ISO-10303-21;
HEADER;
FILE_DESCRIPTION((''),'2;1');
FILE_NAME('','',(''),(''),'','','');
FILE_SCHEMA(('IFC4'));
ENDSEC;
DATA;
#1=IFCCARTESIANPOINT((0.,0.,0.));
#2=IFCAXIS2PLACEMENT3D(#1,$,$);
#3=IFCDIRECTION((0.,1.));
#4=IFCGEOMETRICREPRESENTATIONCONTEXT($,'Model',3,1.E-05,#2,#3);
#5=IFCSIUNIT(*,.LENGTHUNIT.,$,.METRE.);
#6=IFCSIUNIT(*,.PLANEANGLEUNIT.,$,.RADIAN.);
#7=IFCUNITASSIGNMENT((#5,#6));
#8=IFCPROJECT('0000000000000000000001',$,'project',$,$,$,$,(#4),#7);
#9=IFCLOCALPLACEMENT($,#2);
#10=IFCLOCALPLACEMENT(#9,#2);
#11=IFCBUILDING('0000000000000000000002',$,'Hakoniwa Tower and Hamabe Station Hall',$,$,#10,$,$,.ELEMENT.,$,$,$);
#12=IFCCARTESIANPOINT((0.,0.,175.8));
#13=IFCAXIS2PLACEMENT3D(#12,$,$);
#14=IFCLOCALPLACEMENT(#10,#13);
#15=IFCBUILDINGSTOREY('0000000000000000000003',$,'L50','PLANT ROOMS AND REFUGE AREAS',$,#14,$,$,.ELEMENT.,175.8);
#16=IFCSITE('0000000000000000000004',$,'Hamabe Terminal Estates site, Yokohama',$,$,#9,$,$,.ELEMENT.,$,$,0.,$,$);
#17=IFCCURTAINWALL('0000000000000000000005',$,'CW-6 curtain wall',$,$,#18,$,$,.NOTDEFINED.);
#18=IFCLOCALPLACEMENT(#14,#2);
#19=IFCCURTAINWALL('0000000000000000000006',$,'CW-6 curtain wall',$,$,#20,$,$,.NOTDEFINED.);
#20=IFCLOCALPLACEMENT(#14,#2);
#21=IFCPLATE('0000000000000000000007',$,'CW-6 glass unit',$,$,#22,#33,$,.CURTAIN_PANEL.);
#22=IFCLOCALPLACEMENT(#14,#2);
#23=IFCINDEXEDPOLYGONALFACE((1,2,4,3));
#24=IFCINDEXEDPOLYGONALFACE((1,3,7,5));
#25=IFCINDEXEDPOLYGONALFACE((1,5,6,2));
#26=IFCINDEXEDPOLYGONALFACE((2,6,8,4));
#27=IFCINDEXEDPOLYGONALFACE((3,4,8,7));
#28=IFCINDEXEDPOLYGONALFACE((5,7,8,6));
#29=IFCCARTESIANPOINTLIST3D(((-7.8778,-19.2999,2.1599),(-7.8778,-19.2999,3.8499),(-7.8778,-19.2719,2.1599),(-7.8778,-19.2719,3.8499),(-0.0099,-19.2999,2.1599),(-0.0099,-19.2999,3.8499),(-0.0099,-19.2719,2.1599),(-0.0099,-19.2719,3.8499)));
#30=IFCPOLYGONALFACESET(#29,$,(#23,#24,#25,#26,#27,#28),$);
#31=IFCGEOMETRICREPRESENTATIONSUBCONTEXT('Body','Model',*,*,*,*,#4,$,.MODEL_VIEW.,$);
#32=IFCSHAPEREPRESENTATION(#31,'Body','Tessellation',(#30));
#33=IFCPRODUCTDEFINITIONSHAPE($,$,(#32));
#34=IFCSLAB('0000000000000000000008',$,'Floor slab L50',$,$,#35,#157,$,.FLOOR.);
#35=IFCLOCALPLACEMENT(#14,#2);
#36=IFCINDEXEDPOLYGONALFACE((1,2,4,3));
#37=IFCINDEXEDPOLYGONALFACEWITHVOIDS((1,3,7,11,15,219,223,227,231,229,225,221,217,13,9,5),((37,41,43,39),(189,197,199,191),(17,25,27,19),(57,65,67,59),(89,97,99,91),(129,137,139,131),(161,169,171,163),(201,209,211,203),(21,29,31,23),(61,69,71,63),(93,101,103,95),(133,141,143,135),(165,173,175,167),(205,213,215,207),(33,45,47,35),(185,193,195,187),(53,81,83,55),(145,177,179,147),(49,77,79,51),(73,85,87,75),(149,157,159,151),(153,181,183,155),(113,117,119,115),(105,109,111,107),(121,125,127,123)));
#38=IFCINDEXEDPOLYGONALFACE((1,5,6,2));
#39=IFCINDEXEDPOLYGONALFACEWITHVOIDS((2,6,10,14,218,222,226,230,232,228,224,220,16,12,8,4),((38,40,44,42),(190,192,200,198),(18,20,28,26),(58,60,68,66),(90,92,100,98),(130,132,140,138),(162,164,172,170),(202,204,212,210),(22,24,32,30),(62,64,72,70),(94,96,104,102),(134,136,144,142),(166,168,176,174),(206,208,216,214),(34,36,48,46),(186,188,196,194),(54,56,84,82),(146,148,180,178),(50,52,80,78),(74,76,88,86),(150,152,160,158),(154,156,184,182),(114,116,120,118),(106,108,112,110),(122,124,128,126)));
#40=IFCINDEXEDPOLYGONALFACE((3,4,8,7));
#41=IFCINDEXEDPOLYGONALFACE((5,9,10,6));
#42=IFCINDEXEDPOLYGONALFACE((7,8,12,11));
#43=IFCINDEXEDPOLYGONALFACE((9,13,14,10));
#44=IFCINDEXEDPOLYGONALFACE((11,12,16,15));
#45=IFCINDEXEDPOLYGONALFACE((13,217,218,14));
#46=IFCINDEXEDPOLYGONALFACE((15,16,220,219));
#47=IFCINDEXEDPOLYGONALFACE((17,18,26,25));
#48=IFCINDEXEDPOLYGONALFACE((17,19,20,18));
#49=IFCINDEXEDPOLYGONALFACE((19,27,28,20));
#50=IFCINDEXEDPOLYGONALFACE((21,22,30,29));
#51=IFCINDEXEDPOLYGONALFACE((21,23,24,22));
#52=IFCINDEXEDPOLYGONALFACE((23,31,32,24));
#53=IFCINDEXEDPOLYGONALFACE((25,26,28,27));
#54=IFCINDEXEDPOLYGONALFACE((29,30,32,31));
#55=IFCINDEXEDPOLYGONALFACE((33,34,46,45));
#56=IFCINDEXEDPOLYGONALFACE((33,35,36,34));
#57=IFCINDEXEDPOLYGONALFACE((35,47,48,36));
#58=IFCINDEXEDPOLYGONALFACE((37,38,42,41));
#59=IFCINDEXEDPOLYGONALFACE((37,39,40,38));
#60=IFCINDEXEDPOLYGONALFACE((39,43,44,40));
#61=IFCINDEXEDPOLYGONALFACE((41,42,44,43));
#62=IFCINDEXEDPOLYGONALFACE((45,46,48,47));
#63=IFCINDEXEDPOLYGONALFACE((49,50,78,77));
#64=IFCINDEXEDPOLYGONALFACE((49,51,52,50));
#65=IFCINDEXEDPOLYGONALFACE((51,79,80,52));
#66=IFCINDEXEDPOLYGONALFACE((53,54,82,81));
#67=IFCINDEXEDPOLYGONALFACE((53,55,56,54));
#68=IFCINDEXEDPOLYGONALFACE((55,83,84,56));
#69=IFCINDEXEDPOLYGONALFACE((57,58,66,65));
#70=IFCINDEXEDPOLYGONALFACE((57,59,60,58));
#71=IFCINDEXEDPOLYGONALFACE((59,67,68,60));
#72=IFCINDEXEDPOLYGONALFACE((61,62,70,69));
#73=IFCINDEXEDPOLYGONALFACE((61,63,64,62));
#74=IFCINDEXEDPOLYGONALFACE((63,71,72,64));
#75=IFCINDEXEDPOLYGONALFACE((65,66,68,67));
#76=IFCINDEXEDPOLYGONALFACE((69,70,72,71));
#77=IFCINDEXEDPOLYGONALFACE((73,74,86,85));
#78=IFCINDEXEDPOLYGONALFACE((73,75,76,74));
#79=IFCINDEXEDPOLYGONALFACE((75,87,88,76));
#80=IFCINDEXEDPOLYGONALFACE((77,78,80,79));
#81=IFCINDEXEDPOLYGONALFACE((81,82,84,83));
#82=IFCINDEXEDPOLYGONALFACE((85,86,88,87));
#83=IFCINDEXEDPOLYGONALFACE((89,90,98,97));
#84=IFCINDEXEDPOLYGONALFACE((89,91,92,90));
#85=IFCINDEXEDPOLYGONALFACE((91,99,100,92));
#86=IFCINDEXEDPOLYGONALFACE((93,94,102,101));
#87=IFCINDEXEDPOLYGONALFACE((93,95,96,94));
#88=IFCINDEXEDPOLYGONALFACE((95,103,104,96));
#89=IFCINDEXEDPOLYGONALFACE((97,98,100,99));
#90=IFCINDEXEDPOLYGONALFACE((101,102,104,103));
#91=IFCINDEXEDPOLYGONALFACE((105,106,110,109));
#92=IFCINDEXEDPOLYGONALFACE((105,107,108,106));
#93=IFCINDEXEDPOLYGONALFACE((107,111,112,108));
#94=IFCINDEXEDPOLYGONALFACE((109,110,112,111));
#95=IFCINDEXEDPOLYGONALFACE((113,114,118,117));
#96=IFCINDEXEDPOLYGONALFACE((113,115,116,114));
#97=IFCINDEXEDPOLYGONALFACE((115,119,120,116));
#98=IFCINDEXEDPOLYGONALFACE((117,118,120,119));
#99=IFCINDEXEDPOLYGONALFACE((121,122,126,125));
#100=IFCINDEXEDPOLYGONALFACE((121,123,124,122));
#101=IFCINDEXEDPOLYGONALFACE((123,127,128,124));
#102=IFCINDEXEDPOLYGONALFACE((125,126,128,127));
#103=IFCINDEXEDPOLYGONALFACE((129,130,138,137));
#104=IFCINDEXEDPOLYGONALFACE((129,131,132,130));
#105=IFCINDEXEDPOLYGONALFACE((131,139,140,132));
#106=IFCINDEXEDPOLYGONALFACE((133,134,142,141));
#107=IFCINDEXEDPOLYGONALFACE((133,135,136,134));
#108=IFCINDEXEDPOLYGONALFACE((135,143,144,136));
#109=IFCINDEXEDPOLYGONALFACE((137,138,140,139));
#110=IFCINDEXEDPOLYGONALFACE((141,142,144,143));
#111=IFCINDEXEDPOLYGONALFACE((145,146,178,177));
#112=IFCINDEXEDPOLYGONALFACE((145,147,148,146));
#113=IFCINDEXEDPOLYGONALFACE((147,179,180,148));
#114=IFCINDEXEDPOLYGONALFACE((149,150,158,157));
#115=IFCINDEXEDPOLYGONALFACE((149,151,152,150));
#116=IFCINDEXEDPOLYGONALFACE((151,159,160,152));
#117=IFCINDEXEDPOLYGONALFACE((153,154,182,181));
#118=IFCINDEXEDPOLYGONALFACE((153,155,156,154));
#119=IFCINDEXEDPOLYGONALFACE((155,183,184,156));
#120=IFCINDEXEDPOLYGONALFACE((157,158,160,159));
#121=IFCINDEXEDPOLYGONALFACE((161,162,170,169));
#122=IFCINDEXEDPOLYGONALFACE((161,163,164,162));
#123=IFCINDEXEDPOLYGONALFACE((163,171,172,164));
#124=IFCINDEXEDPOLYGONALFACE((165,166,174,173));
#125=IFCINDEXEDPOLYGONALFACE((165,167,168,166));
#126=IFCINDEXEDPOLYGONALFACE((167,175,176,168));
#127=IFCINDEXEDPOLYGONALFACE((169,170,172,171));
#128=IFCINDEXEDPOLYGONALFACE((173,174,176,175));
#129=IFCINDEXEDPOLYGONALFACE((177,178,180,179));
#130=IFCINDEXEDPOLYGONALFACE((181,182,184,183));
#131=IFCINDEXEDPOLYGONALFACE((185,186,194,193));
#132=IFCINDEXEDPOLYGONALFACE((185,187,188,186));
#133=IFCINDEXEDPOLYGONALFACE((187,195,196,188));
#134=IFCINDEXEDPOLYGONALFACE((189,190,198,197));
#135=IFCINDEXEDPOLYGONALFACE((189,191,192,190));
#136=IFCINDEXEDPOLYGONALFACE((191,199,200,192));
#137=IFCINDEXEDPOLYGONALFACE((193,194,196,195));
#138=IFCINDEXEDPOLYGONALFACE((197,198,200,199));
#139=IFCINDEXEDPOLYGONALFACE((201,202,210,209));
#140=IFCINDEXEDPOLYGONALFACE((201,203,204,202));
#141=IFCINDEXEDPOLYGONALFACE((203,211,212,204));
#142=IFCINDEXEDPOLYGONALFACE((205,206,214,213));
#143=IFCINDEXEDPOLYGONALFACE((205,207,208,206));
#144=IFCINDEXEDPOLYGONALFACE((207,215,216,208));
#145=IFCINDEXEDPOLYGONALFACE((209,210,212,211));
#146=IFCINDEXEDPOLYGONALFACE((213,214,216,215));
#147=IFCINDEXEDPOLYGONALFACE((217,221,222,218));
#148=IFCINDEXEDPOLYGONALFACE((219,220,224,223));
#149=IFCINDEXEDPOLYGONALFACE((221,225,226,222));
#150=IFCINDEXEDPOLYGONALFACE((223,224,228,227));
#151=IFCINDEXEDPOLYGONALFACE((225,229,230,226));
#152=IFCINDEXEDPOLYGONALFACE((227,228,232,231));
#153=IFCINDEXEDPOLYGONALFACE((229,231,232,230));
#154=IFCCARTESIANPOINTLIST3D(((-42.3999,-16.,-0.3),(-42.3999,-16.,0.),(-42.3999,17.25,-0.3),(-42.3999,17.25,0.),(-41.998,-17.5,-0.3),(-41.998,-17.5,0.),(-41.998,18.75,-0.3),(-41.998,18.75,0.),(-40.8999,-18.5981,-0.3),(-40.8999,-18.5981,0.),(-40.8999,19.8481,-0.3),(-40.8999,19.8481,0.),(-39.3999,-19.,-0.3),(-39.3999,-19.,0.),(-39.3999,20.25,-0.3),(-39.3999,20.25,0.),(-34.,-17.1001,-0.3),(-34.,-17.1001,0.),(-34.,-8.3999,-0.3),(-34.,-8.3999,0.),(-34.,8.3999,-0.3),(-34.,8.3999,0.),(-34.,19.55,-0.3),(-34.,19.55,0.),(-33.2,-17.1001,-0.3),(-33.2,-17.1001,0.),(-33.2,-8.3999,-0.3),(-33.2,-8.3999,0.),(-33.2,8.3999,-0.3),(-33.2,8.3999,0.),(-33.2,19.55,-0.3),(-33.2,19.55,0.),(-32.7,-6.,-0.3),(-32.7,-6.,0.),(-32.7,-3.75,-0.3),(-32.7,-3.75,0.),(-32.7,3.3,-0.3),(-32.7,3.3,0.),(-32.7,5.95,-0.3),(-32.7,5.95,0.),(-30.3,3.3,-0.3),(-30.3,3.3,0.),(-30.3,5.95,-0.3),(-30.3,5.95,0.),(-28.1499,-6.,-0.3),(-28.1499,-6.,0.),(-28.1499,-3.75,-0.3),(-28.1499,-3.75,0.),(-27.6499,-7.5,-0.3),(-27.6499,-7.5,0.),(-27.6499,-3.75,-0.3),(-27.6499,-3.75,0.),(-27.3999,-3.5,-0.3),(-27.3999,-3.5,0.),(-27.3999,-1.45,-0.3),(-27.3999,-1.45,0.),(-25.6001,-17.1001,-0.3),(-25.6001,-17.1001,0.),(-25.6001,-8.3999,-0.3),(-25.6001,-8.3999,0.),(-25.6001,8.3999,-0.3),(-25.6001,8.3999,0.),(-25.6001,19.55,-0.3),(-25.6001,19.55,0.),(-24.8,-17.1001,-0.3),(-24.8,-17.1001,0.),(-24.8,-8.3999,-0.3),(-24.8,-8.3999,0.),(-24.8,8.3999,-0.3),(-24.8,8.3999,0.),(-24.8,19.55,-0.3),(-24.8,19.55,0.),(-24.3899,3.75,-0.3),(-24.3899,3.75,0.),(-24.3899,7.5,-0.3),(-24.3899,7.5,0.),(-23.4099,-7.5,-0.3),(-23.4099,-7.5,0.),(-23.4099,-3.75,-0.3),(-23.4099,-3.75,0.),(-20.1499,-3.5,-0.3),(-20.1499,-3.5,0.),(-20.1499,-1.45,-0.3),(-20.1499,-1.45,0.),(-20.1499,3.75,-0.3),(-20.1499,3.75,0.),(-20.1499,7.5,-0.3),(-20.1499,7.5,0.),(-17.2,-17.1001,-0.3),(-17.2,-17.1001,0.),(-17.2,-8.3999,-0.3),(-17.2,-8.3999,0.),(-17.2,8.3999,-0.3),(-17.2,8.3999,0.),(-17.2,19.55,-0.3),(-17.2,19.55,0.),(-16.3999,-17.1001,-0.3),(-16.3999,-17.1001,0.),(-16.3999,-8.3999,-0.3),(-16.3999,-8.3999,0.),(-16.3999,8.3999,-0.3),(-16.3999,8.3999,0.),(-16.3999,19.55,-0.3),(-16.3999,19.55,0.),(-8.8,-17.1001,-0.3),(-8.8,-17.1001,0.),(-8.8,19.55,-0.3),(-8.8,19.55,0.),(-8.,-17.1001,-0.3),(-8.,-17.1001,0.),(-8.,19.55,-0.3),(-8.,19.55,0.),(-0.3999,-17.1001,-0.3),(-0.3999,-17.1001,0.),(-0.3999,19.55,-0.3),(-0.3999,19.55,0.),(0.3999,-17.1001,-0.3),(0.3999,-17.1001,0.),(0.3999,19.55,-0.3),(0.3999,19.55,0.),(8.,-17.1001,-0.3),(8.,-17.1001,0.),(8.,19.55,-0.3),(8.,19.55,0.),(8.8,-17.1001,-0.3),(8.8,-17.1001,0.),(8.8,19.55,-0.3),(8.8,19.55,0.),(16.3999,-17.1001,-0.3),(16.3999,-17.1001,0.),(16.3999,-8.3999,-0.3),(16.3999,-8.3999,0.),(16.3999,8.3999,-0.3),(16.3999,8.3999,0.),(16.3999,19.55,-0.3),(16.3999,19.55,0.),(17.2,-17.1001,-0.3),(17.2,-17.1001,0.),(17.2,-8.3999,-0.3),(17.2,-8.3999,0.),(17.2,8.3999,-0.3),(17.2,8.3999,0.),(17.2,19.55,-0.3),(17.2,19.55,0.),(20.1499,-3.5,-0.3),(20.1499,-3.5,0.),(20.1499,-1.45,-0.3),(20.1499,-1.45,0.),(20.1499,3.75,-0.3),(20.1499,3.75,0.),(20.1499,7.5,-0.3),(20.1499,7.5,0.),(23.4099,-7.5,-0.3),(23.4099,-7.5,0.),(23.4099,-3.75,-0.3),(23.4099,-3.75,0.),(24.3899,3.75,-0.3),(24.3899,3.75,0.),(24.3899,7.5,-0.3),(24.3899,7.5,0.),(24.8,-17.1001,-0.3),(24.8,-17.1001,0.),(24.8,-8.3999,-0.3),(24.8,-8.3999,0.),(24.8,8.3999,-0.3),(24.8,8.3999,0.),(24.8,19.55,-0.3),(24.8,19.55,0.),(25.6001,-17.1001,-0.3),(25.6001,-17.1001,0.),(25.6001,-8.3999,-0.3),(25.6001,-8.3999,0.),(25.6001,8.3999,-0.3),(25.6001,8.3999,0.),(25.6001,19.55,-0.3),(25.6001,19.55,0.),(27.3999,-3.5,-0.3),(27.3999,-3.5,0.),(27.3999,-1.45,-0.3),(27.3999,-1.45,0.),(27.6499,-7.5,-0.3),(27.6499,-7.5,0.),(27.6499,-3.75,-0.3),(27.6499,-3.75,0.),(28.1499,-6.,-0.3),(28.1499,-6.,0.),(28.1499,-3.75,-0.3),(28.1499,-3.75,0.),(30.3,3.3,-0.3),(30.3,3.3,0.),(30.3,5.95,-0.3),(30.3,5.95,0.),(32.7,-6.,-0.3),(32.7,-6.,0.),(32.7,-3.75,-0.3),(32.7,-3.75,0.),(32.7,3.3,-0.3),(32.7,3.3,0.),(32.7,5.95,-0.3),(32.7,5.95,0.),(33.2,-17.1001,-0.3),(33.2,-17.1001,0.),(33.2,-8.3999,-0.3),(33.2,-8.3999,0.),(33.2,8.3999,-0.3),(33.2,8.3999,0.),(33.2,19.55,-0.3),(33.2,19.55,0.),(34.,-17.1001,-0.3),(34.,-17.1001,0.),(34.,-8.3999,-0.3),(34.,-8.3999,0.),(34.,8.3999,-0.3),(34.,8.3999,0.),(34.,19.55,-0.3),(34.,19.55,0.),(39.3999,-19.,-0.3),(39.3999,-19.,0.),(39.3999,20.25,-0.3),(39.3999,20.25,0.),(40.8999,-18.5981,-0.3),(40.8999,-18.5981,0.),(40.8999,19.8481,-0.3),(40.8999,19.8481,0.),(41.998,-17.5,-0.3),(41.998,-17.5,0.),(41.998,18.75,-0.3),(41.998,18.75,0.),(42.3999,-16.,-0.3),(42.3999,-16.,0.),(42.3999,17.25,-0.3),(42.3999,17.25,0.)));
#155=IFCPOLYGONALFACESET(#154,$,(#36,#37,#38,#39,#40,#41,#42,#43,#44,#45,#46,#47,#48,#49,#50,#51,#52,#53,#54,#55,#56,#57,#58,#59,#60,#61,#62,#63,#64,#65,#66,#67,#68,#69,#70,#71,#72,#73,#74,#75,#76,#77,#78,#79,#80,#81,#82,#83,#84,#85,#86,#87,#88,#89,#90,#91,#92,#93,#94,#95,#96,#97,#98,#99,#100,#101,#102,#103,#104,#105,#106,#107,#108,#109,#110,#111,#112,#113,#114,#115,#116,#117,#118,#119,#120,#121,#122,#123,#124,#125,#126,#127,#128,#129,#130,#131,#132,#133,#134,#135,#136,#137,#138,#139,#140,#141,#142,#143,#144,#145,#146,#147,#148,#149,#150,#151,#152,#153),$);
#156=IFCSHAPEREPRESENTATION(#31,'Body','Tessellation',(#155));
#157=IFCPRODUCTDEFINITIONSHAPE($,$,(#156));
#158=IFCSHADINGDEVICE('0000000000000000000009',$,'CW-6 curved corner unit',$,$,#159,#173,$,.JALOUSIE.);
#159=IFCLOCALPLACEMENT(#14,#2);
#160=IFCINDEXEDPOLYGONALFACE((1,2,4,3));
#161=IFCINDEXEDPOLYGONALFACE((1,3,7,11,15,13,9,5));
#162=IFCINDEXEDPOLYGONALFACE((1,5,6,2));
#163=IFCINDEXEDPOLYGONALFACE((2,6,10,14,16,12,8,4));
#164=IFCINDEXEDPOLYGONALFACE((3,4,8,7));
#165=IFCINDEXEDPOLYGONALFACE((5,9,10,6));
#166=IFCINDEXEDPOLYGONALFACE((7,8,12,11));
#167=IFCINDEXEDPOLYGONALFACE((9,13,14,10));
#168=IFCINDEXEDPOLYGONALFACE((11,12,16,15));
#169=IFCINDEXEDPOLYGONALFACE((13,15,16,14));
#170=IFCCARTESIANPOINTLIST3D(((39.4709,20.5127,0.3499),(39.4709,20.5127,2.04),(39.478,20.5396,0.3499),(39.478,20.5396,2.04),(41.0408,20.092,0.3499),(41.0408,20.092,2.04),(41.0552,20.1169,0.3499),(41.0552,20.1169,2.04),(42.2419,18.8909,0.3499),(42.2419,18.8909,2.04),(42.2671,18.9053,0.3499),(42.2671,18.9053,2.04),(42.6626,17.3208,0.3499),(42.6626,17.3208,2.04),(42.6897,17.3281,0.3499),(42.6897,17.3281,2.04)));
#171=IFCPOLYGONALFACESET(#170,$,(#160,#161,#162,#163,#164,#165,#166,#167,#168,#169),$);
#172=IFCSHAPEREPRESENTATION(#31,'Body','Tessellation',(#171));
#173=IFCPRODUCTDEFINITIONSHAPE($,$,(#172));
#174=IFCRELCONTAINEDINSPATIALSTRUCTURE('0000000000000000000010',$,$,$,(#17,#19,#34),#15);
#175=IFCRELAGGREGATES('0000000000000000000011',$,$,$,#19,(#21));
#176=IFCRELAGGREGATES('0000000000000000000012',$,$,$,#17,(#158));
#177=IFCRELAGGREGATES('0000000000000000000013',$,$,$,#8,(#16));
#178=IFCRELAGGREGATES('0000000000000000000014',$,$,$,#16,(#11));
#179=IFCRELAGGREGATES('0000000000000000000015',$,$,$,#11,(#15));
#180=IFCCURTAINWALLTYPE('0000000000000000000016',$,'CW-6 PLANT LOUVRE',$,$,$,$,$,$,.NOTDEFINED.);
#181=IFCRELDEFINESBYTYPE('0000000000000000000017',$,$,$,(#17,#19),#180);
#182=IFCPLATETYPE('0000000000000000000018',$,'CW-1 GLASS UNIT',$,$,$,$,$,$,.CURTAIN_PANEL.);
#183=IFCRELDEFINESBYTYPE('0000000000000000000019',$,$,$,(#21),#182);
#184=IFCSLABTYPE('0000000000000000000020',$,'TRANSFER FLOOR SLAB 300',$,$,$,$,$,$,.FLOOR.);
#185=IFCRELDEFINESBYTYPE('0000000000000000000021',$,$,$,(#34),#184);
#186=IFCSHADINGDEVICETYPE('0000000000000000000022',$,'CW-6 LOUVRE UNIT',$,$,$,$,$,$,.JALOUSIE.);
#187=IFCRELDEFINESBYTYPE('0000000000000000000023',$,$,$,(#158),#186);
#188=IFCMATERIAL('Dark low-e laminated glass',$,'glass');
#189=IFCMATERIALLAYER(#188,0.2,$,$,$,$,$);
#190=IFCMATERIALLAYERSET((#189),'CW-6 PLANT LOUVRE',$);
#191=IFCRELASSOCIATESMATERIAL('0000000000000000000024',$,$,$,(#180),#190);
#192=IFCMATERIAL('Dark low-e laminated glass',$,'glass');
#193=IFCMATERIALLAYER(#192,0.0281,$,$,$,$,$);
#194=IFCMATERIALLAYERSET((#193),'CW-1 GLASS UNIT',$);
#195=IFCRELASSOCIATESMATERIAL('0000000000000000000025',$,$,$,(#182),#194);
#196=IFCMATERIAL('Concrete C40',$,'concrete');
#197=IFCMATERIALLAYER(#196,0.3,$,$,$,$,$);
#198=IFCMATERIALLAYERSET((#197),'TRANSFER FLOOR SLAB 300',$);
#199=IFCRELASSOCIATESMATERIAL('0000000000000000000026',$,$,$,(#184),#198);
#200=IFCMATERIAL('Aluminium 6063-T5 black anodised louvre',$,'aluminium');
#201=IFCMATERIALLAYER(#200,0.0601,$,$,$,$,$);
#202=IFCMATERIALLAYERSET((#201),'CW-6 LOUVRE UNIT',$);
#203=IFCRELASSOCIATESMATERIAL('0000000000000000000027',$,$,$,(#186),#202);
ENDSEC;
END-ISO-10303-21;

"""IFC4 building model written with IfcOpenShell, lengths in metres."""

from ifc_helpers import new_model, si_unit, direction, frame, origin, origin_2d, place, context, subcontext, project, spatial, polyline, rectangle, outline, extrude, material, layer, layer_set, type_object, element, aggregate, save


model = new_model("IFC4")

# Units and contexts
model_context = context("Model", 3, precision=1e-05, world=origin(), true_north=direction((0.0, 1.0)))
body_context = subcontext(model_context, "Body", "Model", "MODEL_VIEW")
ifc_project = project(units=[si_unit("LENGTHUNIT", "METRE"), si_unit("PLANEANGLEUNIT", "RADIAN")], contexts=[model_context])

# Site, building, storey
site_placement = place(None, origin())
site = spatial("IfcSite", under=ifc_project, at=site_placement, Name="Hamabe Terminal Estates site, Yokohama", CompositionType="ELEMENT", RefElevation=0.0)
building_placement = place(site_placement, origin())
building = spatial("IfcBuilding", under=site, at=building_placement, Name="Hakoniwa Tower and Hamabe Station Hall", CompositionType="ELEMENT")
storey_placement = place(building_placement, frame((0.0, 0.0, 175.8)))
storey = spatial("IfcBuildingStorey", under=building, at=storey_placement, Name="L50", Description="PLANT ROOMS AND REFUGE AREAS", CompositionType="ELEMENT", Elevation=175.8)

# Curtain walls
ifc_material_1 = material(Name="Dark low-e laminated glass", Category="glass")
ifc_layer_1 = layer(ifc_material_1, 0.2)
ifc_layer_set_1 = layer_set([ifc_layer_1], Name="CW-6 PLANT LOUVRE")
curtain_wall_type = type_object("IfcCurtainWallType", Name="CW-6 PLANT LOUVRE", PredefinedType="NOTDEFINED", material=ifc_layer_set_1)
curtain_wall_1_placement = place(storey_placement, origin())
curtain_wall_1 = element("IfcCurtainWall", 1, at=curtain_wall_1_placement, inside=storey, type_object=curtain_wall_type, Name="CW-6 curtain wall", PredefinedType="NOTDEFINED")
curtain_wall_2_placement = place(storey_placement, origin())
curtain_wall_2 = element("IfcCurtainWall", 2, at=curtain_wall_2_placement, inside=storey, type_object=curtain_wall_type, Name="CW-6 curtain wall", PredefinedType="NOTDEFINED")

# Plate
ifc_material_2 = material(Name="Dark low-e laminated glass", Category="glass")
ifc_layer_2 = layer(ifc_material_2, 0.0281)
ifc_layer_set_2 = layer_set([ifc_layer_2], Name="CW-1 GLASS UNIT")
plate_type = type_object("IfcPlateType", Name="CW-1 GLASS UNIT", PredefinedType="CURTAIN_PANEL", material=ifc_layer_set_2)
plate_1_placement = place(storey_placement, frame((-3.9438, -19.2859, 2.1599), z_axis=(0.0, 0.0, 1.0), x_axis=(1.0, 0.0, 0.0)))
plate_1 = element("IfcPlate", 3, at=plate_1_placement, type_object=plate_type, Name="CW-6 glass unit", PredefinedType="CURTAIN_PANEL", context=body_context, shape_type="SweptSolid", body=[
    extrude(rectangle(XDim=7.8679, YDim=0.0281, at=origin_2d()), origin(), (0.0, 0.0, 1.0), 1.6899),
])
aggregate(curtain_wall_2, [plate_1])

# Slab
ifc_material_3 = material(Name="Concrete C40", Category="concrete")
ifc_layer_3 = layer(ifc_material_3, 0.3)
ifc_layer_set_3 = layer_set([ifc_layer_3], Name="TRANSFER FLOOR SLAB 300")
slab_type = type_object("IfcSlabType", Name="TRANSFER FLOOR SLAB 300", PredefinedType="FLOOR", material=ifc_layer_set_3)
slab_placement = place(storey_placement, frame((0.0, 0.0, -0.3)))
element("IfcSlab", 4, at=slab_placement, inside=storey, type_object=slab_type, Name="Floor slab L50", PredefinedType="FLOOR", context=body_context, shape_type="SweptSolid", body=[
    extrude(outline(polyline([(42.3999, -16.0), (42.3999, 17.25), (41.998, 18.75), (40.8999, 19.8481), (39.3999, 20.25), (-39.3999, 20.25), (-40.8999, 19.8481), (-41.998, 18.75), (-42.3999, 17.25), (-42.3999, -16.0), (-41.998, -17.5), (-40.8999, -18.5981), (-39.3999, -19.0), (39.3999, -19.0), (40.8999, -18.5981), (41.998, -17.5), (42.3999, -16.0)]), holes=[polyline([(-27.3999, -3.5), (-27.3999, -1.45), (-20.1499, -1.45), (-20.1499, -3.5), (-27.3999, -3.5)]), polyline([(-32.7, 3.3), (-32.7, 5.95), (-30.3, 5.95), (-30.3, 3.3), (-32.7, 3.3)]), polyline([(-32.7, -6.0), (-32.7, -3.75), (-28.1499, -3.75), (-28.1499, -6.0), (-32.7, -6.0)]), polyline([(-24.3899, 3.75), (-24.3899, 7.5), (-20.1499, 7.5), (-20.1499, 3.75), (-24.3899, 3.75)]), polyline([(-27.6499, -7.5), (-27.6499, -3.75), (-23.4099, -3.75), (-23.4099, -7.5), (-27.6499, -7.5)]), polyline([(20.1499, -3.5), (20.1499, -1.45), (27.3999, -1.45), (27.3999, -3.5), (20.1499, -3.5)]), polyline([(30.3, 3.3), (30.3, 5.95), (32.7, 5.95), (32.7, 3.3), (30.3, 3.3)]), polyline([(28.1499, -6.0), (28.1499, -3.75), (32.7, -3.75), (32.7, -6.0), (28.1499, -6.0)]), polyline([(20.1499, 3.75), (20.1499, 7.5), (24.3899, 7.5), (24.3899, 3.75), (20.1499, 3.75)]), polyline([(23.4099, -7.5), (23.4099, -3.75), (27.6499, -3.75), (27.6499, -7.5), (23.4099, -7.5)]), polyline([(-33.2, -17.1001), (-34.0, -17.1001), (-34.0, -8.3999), (-33.2, -8.3999), (-33.2, -17.1001)]), polyline([(-25.6001, -17.1001), (-25.6001, -8.3999), (-24.8, -8.3999), (-24.8, -17.1001), (-25.6001, -17.1001)]), polyline([(-17.2, -17.1001), (-17.2, -8.3999), (-16.3999, -8.3999), (-16.3999, -17.1001), (-17.2, -17.1001)]), polyline([(-8.8, -17.1001), (-8.8, 19.55), (-8.0, 19.55), (-8.0, -17.1001), (-8.8, -17.1001)]), polyline([(-0.3999, -17.1001), (-0.3999, 19.55), (0.3999, 19.55), (0.3999, -17.1001), (-0.3999, -17.1001)]), polyline([(-34.0, 8.3999), (-34.0, 19.55), (-33.2, 19.55), (-33.2, 8.3999), (-34.0, 8.3999)]), polyline([(-25.6001, 8.3999), (-25.6001, 19.55), (-24.8, 19.55), (-24.8, 8.3999), (-25.6001, 8.3999)]), polyline([(-17.2, 8.3999), (-17.2, 19.55), (-16.3999, 19.55), (-16.3999, 8.3999), (-17.2, 8.3999)]), polyline([(16.3999, -17.1001), (16.3999, -8.3999), (17.2, -8.3999), (17.2, -17.1001), (16.3999, -17.1001)]), polyline([(24.8, -17.1001), (24.8, -8.3999), (25.6001, -8.3999), (25.6001, -17.1001), (24.8, -17.1001)]), polyline([(33.2, -17.1001), (33.2, -8.3999), (34.0, -8.3999), (34.0, -17.1001), (33.2, -17.1001)]), polyline([(8.0, -17.1001), (8.0, 19.55), (8.8, 19.55), (8.8, -17.1001), (8.0, -17.1001)]), polyline([(16.3999, 8.3999), (16.3999, 19.55), (17.2, 19.55), (17.2, 8.3999), (16.3999, 8.3999)]), polyline([(24.8, 8.3999), (24.8, 19.55), (25.6001, 19.55), (25.6001, 8.3999), (24.8, 8.3999)]), polyline([(33.2, 8.3999), (33.2, 19.55), (34.0, 19.55), (34.0, 8.3999), (33.2, 8.3999)])]), origin(), (0.0, 0.0, 1.0), 0.3),
])

# Shading device
ifc_material_4 = material(Name="Aluminium 6063-T5 black anodised louvre", Category="aluminium")
ifc_layer_4 = layer(ifc_material_4, 0.0601)
ifc_layer_set_4 = layer_set([ifc_layer_4], Name="CW-6 LOUVRE UNIT")
shading_device_type = type_object("IfcShadingDeviceType", Name="CW-6 LOUVRE UNIT", PredefinedType="JALOUSIE", material=ifc_layer_set_4)
shading_device_1_placement = place(storey_placement, frame((0.0, 0.0, 0.3499)))
shading_device_1 = element("IfcShadingDevice", 5, at=shading_device_1_placement, type_object=shading_device_type, Name="CW-6 curved corner unit", PredefinedType="JALOUSIE", context=body_context, shape_type="SweptSolid", body=[
    extrude(outline(polyline([(42.6897, 17.3281), (42.2671, 18.9053), (41.0552, 20.1169), (39.478, 20.5396), (39.4709, 20.5127), (41.0408, 20.092), (42.2419, 18.8909), (42.6626, 17.3208), (42.6897, 17.3281)])), origin(), (0.0, 0.0, 1.0), 1.6902),
])
aggregate(curtain_wall_1, [shading_device_1])

save(model, "model.ifc")
